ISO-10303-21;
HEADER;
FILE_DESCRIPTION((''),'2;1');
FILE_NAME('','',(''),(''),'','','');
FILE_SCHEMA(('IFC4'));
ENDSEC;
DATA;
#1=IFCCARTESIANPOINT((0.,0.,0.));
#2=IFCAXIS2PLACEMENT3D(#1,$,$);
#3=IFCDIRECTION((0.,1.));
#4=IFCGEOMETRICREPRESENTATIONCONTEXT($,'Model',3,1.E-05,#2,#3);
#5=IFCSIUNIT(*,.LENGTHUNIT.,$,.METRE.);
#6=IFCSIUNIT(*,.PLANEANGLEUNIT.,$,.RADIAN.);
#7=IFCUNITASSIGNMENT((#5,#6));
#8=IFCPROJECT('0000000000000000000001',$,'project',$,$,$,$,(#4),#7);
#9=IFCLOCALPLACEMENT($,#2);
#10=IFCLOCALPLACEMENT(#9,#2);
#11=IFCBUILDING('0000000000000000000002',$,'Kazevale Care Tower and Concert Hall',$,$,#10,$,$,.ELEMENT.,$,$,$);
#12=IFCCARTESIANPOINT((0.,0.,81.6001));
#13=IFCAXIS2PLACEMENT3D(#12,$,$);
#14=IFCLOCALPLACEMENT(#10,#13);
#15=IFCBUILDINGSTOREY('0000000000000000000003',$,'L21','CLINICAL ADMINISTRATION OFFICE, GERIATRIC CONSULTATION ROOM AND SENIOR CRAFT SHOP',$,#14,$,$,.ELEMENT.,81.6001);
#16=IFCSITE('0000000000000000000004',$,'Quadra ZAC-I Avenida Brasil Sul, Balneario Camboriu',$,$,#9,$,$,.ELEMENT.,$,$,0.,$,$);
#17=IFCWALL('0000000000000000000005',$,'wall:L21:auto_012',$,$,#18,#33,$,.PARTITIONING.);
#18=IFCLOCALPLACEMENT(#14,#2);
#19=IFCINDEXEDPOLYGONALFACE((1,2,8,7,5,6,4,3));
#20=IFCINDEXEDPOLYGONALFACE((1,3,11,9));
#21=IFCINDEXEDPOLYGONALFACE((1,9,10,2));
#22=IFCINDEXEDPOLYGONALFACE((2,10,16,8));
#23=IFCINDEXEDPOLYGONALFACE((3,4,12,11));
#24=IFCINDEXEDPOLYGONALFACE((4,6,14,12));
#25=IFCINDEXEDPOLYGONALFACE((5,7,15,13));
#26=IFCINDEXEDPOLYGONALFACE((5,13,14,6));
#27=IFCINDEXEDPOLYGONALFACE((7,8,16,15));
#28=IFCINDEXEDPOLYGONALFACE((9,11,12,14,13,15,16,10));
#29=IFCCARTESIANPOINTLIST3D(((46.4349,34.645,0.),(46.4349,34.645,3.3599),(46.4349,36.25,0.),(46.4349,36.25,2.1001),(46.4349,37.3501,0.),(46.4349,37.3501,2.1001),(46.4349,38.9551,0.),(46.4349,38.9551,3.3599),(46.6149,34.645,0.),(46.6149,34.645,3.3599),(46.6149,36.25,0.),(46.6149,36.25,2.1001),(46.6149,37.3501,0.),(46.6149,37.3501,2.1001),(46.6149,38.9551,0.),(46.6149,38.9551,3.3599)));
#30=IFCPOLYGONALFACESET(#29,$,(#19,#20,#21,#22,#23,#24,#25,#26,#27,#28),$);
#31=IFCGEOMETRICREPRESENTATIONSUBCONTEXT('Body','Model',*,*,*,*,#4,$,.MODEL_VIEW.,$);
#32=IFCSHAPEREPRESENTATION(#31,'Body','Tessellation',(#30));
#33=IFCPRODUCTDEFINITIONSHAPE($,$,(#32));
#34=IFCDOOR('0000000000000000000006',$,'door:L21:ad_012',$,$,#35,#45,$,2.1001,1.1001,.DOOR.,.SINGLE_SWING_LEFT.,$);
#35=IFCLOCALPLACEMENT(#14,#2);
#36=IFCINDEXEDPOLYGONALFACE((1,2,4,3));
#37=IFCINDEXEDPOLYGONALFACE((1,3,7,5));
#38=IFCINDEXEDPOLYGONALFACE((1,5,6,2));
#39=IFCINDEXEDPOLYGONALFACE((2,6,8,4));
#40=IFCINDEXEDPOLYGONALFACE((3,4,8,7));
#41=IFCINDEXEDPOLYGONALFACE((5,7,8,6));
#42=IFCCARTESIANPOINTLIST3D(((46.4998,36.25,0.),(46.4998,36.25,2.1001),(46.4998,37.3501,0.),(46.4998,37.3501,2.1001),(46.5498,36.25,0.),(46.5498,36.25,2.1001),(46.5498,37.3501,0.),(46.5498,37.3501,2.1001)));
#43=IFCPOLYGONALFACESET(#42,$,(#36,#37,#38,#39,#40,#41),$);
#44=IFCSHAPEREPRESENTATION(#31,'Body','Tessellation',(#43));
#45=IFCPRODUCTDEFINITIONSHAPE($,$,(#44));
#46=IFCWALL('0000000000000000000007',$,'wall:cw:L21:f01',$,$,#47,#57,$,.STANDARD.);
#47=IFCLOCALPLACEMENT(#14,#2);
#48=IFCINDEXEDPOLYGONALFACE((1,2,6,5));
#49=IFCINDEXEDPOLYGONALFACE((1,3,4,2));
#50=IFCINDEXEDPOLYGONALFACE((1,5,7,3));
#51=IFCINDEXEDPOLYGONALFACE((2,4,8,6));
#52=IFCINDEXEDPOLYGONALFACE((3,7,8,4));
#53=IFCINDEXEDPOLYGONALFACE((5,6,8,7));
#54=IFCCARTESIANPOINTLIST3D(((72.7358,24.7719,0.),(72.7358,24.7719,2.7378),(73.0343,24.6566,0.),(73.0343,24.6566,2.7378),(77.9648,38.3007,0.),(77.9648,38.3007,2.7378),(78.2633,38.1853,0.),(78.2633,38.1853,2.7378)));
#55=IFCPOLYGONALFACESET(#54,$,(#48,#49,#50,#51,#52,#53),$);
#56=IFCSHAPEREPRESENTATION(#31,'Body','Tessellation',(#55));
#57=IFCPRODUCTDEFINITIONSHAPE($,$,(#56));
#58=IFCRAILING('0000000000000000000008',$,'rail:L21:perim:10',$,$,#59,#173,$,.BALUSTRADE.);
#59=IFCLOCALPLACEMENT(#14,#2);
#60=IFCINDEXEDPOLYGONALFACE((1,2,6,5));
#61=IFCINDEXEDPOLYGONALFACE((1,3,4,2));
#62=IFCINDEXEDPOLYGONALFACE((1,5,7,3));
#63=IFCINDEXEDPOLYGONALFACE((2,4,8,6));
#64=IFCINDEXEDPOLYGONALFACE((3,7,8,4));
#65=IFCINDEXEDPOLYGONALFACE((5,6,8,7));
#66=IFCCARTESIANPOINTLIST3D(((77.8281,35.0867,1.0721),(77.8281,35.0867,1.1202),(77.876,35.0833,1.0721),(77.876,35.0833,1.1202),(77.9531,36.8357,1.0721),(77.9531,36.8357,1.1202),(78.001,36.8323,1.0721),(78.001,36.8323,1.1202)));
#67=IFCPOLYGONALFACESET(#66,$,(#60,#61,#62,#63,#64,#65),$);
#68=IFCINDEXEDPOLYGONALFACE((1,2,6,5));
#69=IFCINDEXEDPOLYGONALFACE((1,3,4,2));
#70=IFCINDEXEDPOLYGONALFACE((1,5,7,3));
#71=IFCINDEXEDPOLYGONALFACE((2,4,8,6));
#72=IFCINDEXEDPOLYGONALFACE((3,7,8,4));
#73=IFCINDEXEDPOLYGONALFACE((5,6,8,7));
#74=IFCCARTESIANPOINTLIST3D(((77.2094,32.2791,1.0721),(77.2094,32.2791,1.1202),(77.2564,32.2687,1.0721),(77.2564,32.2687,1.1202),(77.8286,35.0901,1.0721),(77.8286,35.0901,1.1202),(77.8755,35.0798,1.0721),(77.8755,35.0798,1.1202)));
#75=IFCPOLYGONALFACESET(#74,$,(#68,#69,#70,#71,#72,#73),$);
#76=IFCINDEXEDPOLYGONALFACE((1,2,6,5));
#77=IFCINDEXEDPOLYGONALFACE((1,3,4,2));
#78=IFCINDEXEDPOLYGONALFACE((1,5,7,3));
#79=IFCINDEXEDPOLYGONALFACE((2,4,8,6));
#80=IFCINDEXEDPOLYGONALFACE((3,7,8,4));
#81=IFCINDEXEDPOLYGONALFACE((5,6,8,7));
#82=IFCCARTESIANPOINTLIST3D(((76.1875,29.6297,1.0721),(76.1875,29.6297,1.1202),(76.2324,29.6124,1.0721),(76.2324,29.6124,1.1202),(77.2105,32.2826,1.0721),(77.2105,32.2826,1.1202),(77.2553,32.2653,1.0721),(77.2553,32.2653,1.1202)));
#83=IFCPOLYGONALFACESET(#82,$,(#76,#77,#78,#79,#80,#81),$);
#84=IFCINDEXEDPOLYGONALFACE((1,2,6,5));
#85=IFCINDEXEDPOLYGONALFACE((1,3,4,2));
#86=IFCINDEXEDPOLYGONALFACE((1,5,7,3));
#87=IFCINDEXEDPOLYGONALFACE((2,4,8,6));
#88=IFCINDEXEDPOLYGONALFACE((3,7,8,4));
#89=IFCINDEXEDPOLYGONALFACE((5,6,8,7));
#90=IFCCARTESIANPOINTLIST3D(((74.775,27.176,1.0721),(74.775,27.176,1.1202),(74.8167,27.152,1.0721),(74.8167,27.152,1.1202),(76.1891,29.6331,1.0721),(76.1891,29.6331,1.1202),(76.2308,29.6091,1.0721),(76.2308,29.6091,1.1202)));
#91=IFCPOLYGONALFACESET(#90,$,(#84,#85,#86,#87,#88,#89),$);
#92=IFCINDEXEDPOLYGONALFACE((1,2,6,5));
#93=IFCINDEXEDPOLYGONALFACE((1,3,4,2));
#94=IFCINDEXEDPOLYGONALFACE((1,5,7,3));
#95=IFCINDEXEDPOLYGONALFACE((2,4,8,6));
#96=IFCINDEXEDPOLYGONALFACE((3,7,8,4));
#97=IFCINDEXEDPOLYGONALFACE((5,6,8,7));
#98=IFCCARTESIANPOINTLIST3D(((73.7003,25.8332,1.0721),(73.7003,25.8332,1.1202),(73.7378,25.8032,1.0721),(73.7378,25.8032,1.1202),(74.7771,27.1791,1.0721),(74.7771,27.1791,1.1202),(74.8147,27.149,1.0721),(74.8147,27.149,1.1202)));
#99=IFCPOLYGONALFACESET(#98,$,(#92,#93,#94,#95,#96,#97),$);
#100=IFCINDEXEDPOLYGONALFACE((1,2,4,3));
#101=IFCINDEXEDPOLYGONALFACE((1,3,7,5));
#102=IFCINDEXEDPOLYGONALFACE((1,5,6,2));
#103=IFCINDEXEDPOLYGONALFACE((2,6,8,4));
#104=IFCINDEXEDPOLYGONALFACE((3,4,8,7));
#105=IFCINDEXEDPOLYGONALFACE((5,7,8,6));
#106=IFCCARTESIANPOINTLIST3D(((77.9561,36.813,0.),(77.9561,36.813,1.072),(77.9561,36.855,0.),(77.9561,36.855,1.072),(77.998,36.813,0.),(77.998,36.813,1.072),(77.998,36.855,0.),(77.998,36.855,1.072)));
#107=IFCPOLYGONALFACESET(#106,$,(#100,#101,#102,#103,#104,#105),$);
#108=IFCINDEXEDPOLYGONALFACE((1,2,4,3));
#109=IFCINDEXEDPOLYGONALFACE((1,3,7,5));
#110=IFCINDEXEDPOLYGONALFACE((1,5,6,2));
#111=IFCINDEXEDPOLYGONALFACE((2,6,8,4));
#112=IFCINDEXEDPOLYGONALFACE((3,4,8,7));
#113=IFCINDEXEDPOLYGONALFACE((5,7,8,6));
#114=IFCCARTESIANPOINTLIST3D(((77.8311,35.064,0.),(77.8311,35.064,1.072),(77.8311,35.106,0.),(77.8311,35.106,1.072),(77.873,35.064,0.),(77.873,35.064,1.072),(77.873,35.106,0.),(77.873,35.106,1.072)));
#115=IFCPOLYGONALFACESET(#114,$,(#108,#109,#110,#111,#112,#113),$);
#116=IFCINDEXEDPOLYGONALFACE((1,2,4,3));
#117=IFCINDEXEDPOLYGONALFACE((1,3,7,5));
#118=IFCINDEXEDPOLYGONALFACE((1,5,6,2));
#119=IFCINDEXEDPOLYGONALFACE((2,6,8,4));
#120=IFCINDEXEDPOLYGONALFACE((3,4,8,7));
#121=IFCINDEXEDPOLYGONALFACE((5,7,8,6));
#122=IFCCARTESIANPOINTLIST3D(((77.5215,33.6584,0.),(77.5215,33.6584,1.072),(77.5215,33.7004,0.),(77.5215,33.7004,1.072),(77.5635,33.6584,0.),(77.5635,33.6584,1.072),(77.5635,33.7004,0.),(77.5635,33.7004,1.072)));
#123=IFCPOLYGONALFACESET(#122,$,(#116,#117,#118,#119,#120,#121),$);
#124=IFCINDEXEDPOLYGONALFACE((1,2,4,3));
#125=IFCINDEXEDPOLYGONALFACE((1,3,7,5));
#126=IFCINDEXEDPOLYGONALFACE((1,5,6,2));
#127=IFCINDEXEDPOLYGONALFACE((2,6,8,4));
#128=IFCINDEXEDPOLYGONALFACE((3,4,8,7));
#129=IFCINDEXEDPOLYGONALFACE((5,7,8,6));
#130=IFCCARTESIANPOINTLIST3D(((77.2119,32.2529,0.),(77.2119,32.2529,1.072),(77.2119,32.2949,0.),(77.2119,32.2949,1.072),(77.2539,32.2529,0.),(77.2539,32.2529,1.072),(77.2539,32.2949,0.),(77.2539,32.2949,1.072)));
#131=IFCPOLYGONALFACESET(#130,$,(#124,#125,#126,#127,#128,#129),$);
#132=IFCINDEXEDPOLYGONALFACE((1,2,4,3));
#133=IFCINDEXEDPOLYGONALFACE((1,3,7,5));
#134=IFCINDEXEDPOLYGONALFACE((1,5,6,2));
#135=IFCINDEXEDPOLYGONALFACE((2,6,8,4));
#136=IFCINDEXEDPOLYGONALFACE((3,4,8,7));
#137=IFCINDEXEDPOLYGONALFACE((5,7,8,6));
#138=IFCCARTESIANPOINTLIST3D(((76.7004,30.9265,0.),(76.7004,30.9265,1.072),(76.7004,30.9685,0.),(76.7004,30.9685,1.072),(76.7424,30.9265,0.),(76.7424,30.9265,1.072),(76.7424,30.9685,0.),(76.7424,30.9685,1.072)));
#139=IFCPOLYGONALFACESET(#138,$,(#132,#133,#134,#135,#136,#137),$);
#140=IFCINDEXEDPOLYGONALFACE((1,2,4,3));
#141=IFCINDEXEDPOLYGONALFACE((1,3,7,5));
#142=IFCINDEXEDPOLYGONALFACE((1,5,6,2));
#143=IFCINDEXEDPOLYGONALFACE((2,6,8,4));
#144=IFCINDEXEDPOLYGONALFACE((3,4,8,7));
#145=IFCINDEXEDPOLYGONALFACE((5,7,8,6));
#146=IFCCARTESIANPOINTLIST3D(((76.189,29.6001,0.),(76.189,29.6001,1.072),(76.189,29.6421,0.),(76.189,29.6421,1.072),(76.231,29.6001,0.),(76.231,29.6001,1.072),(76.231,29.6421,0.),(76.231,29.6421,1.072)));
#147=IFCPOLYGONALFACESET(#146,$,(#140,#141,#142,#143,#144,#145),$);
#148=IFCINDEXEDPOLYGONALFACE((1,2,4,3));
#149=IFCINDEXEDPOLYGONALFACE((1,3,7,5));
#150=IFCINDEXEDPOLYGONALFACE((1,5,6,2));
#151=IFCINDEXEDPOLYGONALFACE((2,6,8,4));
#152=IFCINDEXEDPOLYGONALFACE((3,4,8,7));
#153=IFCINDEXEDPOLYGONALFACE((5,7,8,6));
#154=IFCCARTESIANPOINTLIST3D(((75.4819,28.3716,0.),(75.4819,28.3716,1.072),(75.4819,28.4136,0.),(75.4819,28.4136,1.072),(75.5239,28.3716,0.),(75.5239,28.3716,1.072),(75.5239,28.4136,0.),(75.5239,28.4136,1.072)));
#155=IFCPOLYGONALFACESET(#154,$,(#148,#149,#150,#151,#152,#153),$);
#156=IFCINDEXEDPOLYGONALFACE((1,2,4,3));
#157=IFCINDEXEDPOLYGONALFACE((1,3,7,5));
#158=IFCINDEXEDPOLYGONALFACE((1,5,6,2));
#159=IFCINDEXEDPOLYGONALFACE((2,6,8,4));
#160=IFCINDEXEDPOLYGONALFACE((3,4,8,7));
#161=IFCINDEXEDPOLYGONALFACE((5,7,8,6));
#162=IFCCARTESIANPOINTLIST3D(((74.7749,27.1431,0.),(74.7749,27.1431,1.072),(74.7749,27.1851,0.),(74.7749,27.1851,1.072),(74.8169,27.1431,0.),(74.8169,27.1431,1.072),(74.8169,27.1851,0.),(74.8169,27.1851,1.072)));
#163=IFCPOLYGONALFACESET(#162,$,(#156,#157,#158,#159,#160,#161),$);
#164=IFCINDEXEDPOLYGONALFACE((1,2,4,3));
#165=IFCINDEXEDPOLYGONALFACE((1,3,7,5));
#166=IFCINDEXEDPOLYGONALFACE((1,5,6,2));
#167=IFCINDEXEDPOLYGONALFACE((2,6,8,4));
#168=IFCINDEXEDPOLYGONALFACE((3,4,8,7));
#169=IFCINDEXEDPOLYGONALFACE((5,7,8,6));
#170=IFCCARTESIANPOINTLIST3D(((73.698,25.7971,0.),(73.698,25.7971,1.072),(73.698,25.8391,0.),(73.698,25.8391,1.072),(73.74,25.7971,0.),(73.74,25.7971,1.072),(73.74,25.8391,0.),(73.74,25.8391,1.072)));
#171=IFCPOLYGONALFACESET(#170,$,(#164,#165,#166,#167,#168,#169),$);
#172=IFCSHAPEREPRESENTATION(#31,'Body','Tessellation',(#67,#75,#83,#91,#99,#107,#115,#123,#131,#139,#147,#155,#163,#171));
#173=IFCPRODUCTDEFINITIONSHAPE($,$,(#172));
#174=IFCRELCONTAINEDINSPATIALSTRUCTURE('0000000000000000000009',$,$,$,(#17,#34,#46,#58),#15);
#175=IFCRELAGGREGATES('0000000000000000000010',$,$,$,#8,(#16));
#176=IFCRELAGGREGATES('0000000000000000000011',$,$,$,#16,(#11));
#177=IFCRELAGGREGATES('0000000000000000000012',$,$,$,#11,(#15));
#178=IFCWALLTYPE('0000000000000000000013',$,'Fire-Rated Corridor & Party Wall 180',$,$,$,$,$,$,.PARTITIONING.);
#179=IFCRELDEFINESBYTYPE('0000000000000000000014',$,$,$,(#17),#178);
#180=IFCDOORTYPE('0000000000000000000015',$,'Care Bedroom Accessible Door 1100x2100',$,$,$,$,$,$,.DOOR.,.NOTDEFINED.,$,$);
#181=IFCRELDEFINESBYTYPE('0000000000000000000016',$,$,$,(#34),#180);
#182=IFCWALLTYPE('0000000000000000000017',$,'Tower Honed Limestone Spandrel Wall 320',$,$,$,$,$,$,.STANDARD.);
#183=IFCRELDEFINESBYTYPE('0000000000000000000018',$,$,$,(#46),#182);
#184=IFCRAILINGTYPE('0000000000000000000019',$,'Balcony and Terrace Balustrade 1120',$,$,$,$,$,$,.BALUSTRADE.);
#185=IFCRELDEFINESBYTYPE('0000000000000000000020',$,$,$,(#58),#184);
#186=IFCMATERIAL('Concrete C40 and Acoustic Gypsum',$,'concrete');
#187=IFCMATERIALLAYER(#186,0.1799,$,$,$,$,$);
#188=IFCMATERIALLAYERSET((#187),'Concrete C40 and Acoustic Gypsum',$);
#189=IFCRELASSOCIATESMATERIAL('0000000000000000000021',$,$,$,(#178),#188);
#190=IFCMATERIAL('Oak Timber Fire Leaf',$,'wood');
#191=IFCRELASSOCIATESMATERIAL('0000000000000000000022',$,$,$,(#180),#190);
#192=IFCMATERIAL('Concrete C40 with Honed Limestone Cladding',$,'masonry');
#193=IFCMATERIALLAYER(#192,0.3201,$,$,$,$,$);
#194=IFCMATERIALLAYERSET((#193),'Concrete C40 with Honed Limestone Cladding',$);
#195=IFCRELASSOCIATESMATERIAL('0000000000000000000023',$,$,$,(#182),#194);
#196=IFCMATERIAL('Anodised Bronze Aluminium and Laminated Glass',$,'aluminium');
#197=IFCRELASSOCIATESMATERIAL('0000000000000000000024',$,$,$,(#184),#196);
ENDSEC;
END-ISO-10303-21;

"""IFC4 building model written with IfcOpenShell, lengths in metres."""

from ifc_helpers import new_model, si_unit, direction, frame, frame_2d, origin, origin_2d, place, context, subcontext, project, spatial, rectangle, extrude, material, layer, layer_set, type_object, element, fill, save


model = new_model("IFC4")

# Units and contexts
model_context = context("Model", 3, precision=1e-05, world=origin(), true_north=direction((0.0, 1.0)))
body_context = subcontext(model_context, "Body", "Model", "MODEL_VIEW")
ifc_project = project(units=[si_unit("LENGTHUNIT", "METRE"), si_unit("PLANEANGLEUNIT", "RADIAN")], contexts=[model_context])

# Site, building, storey
site_placement = place(None, origin())
site = spatial("IfcSite", under=ifc_project, at=site_placement, Name="Quadra ZAC-I Avenida Brasil Sul, Balneario Camboriu", CompositionType="ELEMENT", RefElevation=0.0)
building_placement = place(site_placement, origin())
building = spatial("IfcBuilding", under=site, at=building_placement, Name="Kazevale Care Tower and Concert Hall", CompositionType="ELEMENT")
storey_placement = place(building_placement, frame((0.0, 0.0, 81.6001)))
storey = spatial("IfcBuildingStorey", under=building, at=storey_placement, Name="L21", Description="CLINICAL ADMINISTRATION OFFICE, GERIATRIC CONSULTATION ROOM AND SENIOR CRAFT SHOP", CompositionType="ELEMENT", Elevation=81.6001)

# Wall, opening, door
ifc_material_1 = material(Name="Concrete C40 and Acoustic Gypsum", Category="concrete")
ifc_layer_1 = layer(ifc_material_1, 0.1799)
ifc_layer_set_1 = layer_set([ifc_layer_1], Name="Concrete C40 and Acoustic Gypsum")
wall_type_1 = type_object("IfcWallType", Name="Fire-Rated Corridor & Party Wall 180", PredefinedType="PARTITIONING", material=ifc_layer_set_1)
ifc_material_2 = material(Name="Oak Timber Fire Leaf", Category="wood")
door_type = type_object("IfcDoorType", Name="Care Bedroom Accessible Door 1100x2100", OperationType="NOTDEFINED", PredefinedType="DOOR", material=ifc_material_2)
wall_1_placement = place(storey_placement, frame((46.5249, 38.9551, 0.0), z_axis=(0.0, 0.0, 1.0), x_axis=(0.0, -1.0, 0.0)))
wall_1 = element("IfcWall", 1, at=wall_1_placement, inside=storey, type_object=wall_type_1, Name="wall:L21:auto_012", PredefinedType="PARTITIONING", context=body_context, shape_type="SweptSolid", body=[
    extrude(rectangle(XDim=4.3101, YDim=0.1799, at=frame_2d((2.155, 0.0))), origin(), (0.0, 0.0, 1.0), 3.3599),
])
opening_1_placement = place(wall_1_placement, frame((1.605, 0.0, 0.0)))
opening_1 = element("IfcOpeningElement", 2, at=opening_1_placement, cuts=wall_1, PredefinedType="OPENING", context=body_context, shape_type="SweptSolid", body=[
    extrude(rectangle(XDim=1.1001, YDim=2.1001, at=frame_2d((0.55, 1.05))), frame((0.0, 0.0999, 0.0), z_axis=(0.0, -1.0, 0.0), x_axis=(1.0, 0.0, 0.0)), (0.0, 0.0, 1.0), 0.2),
])
door_1_placement = place(opening_1_placement, origin())
door_1 = element("IfcDoor", 3, at=door_1_placement, inside=storey, type_object=door_type, Name="door:L21:ad_012", OperationType="SINGLE_SWING_LEFT", OverallHeight=2.1001, OverallWidth=1.1001, PredefinedType="DOOR", context=body_context, shape_type="SweptSolid", body=[
    extrude(rectangle(XDim=1.1001, YDim=2.1001, at=frame_2d((0.55, 1.05))), frame((0.0, 0.0249, 0.0), z_axis=(0.0, -1.0, 0.0), x_axis=(1.0, 0.0, 0.0)), (0.0, 0.0, 1.0), 0.05),
])
fill(opening_1, door_1)

# Wall
ifc_material_3 = material(Name="Concrete C40 with Honed Limestone Cladding", Category="masonry")
ifc_layer_2 = layer(ifc_material_3, 0.3201)
ifc_layer_set_2 = layer_set([ifc_layer_2], Name="Concrete C40 with Honed Limestone Cladding")
wall_type_2 = type_object("IfcWallType", Name="Tower Honed Limestone Spandrel Wall 320", PredefinedType="STANDARD", material=ifc_layer_set_2)
wall_2_placement = place(storey_placement, frame((78.114, 38.2429, 0.0), z_axis=(0.0, 0.0, 1.0), x_axis=(-0.360517, -0.932753, 0.0)))
element("IfcWall", 4, at=wall_2_placement, inside=storey, type_object=wall_type_2, Name="wall:cw:L21:f01", PredefinedType="STANDARD", context=body_context, shape_type="SweptSolid", body=[
    extrude(rectangle(XDim=14.5042, YDim=0.3201, at=frame_2d((7.252, 0.0))), origin(), (0.0, 0.0, 1.0), 2.7378),
])

# Railing
ifc_material_4 = material(Name="Anodised Bronze Aluminium and Laminated Glass", Category="aluminium")
railing_type = type_object("IfcRailingType", Name="Balcony and Terrace Balustrade 1120", PredefinedType="BALUSTRADE", material=ifc_material_4)
railing_placement = place(storey_placement, frame((77.9771, 36.834, 0.0)))
element("IfcRailing", 5, at=railing_placement, inside=storey, type_object=railing_type, Name="rail:L21:perim:10", PredefinedType="BALUSTRADE", context=body_context, shape_type="SweptSolid", body=[
    extrude(rectangle(XDim=0.0481, YDim=0.0481, at=origin_2d()), frame((0.0, 0.0, 1.0962), z_axis=(-0.071287, -0.997456, 0.0), x_axis=(0.997456, -0.071287, 0.0)), (0.0, 0.0, 1.0), 1.7534),
    extrude(rectangle(XDim=0.0481, YDim=0.0481, at=origin_2d()), frame((-0.125, -1.749, 1.0962), z_axis=(-0.215098, -0.976592, 0.0), x_axis=(0.976592, -0.215098, 0.0)), (0.0, 0.0, 1.0), 2.8784),
    extrude(rectangle(XDim=0.0481, YDim=0.0481, at=origin_2d()), frame((-0.7441, -4.5601, 1.0962), z_axis=(-0.359785, -0.933035, 0.0), x_axis=(0.933035, -0.359785, 0.0)), (0.0, 0.0, 1.0), 2.8433),
    extrude(rectangle(XDim=0.0481, YDim=0.0481, at=origin_2d()), frame((-1.7671, -7.2129, 1.0962), z_axis=(-0.498808, -0.866713, 0.0), x_axis=(0.866713, -0.498808, 0.0)), (0.0, 0.0, 1.0), 2.835),
    extrude(rectangle(XDim=0.0481, YDim=0.0481, at=origin_2d()), frame((-3.1812, -9.6699, 1.0962), z_axis=(-0.624747, -0.780827, 0.0), x_axis=(0.780827, -0.624747, 0.0)), (0.0, 0.0, 1.0), 1.7236),
    extrude(rectangle(XDim=0.042, YDim=0.042, at=origin_2d()), origin(), (0.0, 0.0, 1.0), 1.072),
    extrude(rectangle(XDim=0.042, YDim=0.042, at=origin_2d()), frame((-0.125, -1.749, 0.0)), (0.0, 0.0, 1.0), 1.072),
    extrude(rectangle(XDim=0.042, YDim=0.042, at=origin_2d()), frame((-0.4346, -3.1545, 0.0)), (0.0, 0.0, 1.0), 1.072),
    extrude(rectangle(XDim=0.042, YDim=0.042, at=origin_2d()), frame((-0.7441, -4.5601, 0.0)), (0.0, 0.0, 1.0), 1.072),
    extrude(rectangle(XDim=0.042, YDim=0.042, at=origin_2d()), frame((-1.2556, -5.8865, 0.0)), (0.0, 0.0, 1.0), 1.072),
    extrude(rectangle(XDim=0.042, YDim=0.042, at=origin_2d()), frame((-1.7671, -7.2129, 0.0)), (0.0, 0.0, 1.0), 1.072),
    extrude(rectangle(XDim=0.042, YDim=0.042, at=origin_2d()), frame((-2.4741, -8.4414, 0.0)), (0.0, 0.0, 1.0), 1.072),
    extrude(rectangle(XDim=0.042, YDim=0.042, at=origin_2d()), frame((-3.1812, -9.6699, 0.0)), (0.0, 0.0, 1.0), 1.072),
    extrude(rectangle(XDim=0.042, YDim=0.042, at=origin_2d()), frame((-4.2581, -11.0159, 0.0)), (0.0, 0.0, 1.0), 1.072),
])

save(model, "model.ifc")
